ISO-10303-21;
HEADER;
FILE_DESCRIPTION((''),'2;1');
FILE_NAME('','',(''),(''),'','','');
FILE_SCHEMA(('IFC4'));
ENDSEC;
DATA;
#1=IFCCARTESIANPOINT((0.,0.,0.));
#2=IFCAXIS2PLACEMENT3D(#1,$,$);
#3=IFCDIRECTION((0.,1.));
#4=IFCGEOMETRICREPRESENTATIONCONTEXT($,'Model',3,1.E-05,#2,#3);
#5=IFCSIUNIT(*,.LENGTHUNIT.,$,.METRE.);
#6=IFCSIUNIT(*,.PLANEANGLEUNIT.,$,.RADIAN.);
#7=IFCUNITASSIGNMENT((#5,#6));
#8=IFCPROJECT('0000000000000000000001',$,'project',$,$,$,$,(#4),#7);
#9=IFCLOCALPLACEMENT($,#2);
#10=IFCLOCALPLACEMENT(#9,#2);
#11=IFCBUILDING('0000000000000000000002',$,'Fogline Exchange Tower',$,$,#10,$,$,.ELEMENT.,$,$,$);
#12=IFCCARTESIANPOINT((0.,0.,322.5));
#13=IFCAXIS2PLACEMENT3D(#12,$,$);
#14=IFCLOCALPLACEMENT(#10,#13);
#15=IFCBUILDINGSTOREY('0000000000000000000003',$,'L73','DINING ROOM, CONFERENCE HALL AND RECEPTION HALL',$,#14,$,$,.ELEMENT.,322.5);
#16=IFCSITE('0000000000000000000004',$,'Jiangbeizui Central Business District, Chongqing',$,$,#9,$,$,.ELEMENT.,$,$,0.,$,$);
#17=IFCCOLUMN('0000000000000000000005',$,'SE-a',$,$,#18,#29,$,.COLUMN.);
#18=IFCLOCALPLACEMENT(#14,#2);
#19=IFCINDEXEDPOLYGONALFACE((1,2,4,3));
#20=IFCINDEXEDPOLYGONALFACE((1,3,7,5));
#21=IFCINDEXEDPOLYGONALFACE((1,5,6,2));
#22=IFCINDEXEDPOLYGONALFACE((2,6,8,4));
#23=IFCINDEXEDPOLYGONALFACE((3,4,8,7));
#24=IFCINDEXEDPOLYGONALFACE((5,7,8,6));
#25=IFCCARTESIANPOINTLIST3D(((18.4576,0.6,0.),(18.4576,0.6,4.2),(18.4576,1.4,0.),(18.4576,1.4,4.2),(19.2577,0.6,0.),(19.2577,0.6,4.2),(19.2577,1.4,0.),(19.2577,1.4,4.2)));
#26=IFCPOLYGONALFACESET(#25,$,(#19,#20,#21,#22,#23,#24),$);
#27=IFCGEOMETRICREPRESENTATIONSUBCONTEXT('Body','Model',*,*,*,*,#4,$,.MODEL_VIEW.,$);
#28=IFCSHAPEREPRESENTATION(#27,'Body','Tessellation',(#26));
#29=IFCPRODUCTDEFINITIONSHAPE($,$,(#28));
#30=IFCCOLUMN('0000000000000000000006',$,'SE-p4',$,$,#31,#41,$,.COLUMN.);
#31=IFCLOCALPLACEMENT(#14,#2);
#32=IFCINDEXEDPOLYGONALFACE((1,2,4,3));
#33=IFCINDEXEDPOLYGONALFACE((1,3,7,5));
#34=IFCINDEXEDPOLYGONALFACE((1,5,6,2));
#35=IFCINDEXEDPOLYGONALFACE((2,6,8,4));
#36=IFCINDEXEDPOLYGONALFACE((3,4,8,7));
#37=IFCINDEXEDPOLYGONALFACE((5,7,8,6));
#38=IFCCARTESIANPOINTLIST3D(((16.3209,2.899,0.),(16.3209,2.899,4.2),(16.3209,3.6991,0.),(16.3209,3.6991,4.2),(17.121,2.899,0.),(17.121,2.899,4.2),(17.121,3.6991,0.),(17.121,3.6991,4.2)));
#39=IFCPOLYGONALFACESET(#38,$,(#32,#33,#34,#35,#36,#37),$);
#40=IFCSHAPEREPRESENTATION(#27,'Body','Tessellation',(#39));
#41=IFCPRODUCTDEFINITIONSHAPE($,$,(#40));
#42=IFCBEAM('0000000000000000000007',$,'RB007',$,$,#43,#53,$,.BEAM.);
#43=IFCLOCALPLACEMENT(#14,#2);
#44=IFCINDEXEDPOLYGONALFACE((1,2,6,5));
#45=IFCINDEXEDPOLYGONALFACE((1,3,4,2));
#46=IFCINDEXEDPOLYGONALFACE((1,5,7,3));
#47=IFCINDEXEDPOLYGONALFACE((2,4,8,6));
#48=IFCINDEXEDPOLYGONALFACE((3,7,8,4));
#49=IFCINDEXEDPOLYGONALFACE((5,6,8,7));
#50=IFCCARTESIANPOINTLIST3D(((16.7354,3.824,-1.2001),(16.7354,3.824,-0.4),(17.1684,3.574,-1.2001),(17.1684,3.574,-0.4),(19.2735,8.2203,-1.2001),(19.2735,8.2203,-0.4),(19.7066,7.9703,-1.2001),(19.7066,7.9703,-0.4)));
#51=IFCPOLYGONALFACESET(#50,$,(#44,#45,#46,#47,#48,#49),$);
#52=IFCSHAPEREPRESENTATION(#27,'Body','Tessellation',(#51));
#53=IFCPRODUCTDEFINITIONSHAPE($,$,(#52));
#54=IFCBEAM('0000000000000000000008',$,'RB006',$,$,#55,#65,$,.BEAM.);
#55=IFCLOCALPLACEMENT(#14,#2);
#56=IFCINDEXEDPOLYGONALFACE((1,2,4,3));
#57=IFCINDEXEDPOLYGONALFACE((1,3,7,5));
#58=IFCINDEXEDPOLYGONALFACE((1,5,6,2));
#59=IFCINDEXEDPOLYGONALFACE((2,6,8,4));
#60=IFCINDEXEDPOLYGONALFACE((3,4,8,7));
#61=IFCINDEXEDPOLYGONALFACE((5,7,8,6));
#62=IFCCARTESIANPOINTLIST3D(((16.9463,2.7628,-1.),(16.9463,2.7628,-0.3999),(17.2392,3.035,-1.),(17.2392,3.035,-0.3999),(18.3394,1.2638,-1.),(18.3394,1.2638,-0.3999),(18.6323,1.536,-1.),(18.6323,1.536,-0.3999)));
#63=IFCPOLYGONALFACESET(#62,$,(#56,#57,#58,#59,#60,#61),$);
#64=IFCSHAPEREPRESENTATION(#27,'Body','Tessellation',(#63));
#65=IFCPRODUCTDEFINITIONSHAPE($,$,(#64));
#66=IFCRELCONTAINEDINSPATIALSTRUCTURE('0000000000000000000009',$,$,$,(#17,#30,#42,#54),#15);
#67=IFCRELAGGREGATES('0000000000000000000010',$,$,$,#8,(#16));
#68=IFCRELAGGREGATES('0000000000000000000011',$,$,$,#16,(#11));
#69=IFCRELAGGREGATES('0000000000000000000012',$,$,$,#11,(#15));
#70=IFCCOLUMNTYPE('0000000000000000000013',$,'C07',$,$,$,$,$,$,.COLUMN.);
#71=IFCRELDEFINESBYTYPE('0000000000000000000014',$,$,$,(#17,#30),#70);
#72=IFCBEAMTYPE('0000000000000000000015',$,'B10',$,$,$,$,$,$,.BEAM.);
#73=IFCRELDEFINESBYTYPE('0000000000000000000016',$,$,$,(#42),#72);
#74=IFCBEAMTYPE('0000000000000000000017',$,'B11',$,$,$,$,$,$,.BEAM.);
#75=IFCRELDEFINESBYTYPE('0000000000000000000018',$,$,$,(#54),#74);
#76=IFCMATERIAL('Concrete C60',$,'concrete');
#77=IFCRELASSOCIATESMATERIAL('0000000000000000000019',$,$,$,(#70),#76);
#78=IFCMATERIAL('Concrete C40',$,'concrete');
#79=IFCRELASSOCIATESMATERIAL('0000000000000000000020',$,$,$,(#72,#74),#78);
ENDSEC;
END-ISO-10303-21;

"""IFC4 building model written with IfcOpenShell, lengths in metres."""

from ifc_helpers import new_model, si_unit, direction, frame, origin, origin_2d, place, context, subcontext, project, spatial, rectangle, extrude, material, material_profile, profile_set, type_object, element, save


model = new_model("IFC4")

# Units and contexts
model_context = context("Model", 3, precision=1e-05, world=origin(), true_north=direction((0.0, 1.0)))
body_context = subcontext(model_context, "Body", "Model", "MODEL_VIEW")
ifc_project = project(units=[si_unit("LENGTHUNIT", "METRE"), si_unit("PLANEANGLEUNIT", "RADIAN")], contexts=[model_context])

# Site, building, storey
site_placement = place(None, origin())
site = spatial("IfcSite", under=ifc_project, at=site_placement, Name="Jiangbeizui Central Business District, Chongqing", CompositionType="ELEMENT", RefElevation=0.0)
building_placement = place(site_placement, origin())
building = spatial("IfcBuilding", under=site, at=building_placement, Name="Fogline Exchange Tower", CompositionType="ELEMENT")
storey_placement = place(building_placement, frame((0.0, 0.0, 322.5)))
storey = spatial("IfcBuildingStorey", under=building, at=storey_placement, Name="L73", Description="DINING ROOM, CONFERENCE HALL AND RECEPTION HALL", CompositionType="ELEMENT", Elevation=322.5)

# Columns
ifc_material_1 = material(Name="Concrete C60", Category="concrete")
ifc_material_profile_1 = material_profile(ifc_material_1, rectangle(XDim=0.8, YDim=0.8, at=origin_2d()), Name="RC 800x800")
ifc_profile_set_1 = profile_set([ifc_material_profile_1], Name="Concrete C60")
column_type = type_object("IfcColumnType", Name="C07", PredefinedType="COLUMN", material=ifc_profile_set_1)
for number, where, z_axis, x_axis, name in (
    (1, (18.8577, 1.0, 0.0), (0.0, 0.0, 1.0), (1.0, 0.0, 0.0), "SE-a"),
    (2, (16.7209, 3.2991, 0.0), (0.0, 0.0, 1.0), (1.0, 0.0, 0.0), "SE-p4"),
):
    element("IfcColumn", number, at=place(storey_placement, frame(where, z_axis=z_axis, x_axis=x_axis)), inside=storey, type_object=column_type, Name=name, PredefinedType="COLUMN", context=body_context, shape_type="SweptSolid", body=[
        extrude(rectangle(XDim=0.8, YDim=0.8, at=origin_2d()), origin(), (0.0, 0.0, 1.0), 4.2),
    ])

# Beams
ifc_material_2 = material(Name="Concrete C40", Category="concrete")
ifc_material_profile_2 = material_profile(ifc_material_2, rectangle(XDim=0.5, YDim=0.8, at=origin_2d()), Name="RC 500x800")
ifc_profile_set_2 = profile_set([ifc_material_profile_2], Name="Concrete C40")
beam_type_1 = type_object("IfcBeamType", Name="B10", PredefinedType="BEAM", material=ifc_profile_set_2)
beam_1_placement = place(storey_placement, frame((16.9519, 3.699, -0.8), z_axis=(0.499988, 0.866033, 0.0), x_axis=(-0.866033, 0.499988, 0.0)))
element("IfcBeam", 3, at=beam_1_placement, inside=storey, type_object=beam_type_1, Name="RB007", PredefinedType="BEAM", context=body_context, shape_type="SweptSolid", body=[
    extrude(rectangle(XDim=0.5, YDim=0.8, at=origin_2d()), origin(), (0.0, 0.0, 1.0), 5.0764),
])
ifc_material_profile_3 = material_profile(ifc_material_2, rectangle(XDim=0.3999, YDim=0.6001, at=origin_2d()), Name="RC 400x600")
ifc_profile_set_3 = profile_set([ifc_material_profile_3], Name="Concrete C40")
beam_type_2 = type_object("IfcBeamType", Name="B11", PredefinedType="BEAM", material=ifc_profile_set_3)
beam_2_placement = place(storey_placement, frame((18.4858, 1.3999, -0.7), z_axis=(-0.680744, 0.732521, 0.0), x_axis=(-0.732521, -0.680744, 0.0)))
element("IfcBeam", 4, at=beam_2_placement, inside=storey, type_object=beam_type_2, Name="RB006", PredefinedType="BEAM", context=body_context, shape_type="SweptSolid", body=[
    extrude(rectangle(XDim=0.3999, YDim=0.6001, at=origin_2d()), origin(), (0.0, 0.0, 1.0), 2.0464),
])

save(model, "model.ifc")
